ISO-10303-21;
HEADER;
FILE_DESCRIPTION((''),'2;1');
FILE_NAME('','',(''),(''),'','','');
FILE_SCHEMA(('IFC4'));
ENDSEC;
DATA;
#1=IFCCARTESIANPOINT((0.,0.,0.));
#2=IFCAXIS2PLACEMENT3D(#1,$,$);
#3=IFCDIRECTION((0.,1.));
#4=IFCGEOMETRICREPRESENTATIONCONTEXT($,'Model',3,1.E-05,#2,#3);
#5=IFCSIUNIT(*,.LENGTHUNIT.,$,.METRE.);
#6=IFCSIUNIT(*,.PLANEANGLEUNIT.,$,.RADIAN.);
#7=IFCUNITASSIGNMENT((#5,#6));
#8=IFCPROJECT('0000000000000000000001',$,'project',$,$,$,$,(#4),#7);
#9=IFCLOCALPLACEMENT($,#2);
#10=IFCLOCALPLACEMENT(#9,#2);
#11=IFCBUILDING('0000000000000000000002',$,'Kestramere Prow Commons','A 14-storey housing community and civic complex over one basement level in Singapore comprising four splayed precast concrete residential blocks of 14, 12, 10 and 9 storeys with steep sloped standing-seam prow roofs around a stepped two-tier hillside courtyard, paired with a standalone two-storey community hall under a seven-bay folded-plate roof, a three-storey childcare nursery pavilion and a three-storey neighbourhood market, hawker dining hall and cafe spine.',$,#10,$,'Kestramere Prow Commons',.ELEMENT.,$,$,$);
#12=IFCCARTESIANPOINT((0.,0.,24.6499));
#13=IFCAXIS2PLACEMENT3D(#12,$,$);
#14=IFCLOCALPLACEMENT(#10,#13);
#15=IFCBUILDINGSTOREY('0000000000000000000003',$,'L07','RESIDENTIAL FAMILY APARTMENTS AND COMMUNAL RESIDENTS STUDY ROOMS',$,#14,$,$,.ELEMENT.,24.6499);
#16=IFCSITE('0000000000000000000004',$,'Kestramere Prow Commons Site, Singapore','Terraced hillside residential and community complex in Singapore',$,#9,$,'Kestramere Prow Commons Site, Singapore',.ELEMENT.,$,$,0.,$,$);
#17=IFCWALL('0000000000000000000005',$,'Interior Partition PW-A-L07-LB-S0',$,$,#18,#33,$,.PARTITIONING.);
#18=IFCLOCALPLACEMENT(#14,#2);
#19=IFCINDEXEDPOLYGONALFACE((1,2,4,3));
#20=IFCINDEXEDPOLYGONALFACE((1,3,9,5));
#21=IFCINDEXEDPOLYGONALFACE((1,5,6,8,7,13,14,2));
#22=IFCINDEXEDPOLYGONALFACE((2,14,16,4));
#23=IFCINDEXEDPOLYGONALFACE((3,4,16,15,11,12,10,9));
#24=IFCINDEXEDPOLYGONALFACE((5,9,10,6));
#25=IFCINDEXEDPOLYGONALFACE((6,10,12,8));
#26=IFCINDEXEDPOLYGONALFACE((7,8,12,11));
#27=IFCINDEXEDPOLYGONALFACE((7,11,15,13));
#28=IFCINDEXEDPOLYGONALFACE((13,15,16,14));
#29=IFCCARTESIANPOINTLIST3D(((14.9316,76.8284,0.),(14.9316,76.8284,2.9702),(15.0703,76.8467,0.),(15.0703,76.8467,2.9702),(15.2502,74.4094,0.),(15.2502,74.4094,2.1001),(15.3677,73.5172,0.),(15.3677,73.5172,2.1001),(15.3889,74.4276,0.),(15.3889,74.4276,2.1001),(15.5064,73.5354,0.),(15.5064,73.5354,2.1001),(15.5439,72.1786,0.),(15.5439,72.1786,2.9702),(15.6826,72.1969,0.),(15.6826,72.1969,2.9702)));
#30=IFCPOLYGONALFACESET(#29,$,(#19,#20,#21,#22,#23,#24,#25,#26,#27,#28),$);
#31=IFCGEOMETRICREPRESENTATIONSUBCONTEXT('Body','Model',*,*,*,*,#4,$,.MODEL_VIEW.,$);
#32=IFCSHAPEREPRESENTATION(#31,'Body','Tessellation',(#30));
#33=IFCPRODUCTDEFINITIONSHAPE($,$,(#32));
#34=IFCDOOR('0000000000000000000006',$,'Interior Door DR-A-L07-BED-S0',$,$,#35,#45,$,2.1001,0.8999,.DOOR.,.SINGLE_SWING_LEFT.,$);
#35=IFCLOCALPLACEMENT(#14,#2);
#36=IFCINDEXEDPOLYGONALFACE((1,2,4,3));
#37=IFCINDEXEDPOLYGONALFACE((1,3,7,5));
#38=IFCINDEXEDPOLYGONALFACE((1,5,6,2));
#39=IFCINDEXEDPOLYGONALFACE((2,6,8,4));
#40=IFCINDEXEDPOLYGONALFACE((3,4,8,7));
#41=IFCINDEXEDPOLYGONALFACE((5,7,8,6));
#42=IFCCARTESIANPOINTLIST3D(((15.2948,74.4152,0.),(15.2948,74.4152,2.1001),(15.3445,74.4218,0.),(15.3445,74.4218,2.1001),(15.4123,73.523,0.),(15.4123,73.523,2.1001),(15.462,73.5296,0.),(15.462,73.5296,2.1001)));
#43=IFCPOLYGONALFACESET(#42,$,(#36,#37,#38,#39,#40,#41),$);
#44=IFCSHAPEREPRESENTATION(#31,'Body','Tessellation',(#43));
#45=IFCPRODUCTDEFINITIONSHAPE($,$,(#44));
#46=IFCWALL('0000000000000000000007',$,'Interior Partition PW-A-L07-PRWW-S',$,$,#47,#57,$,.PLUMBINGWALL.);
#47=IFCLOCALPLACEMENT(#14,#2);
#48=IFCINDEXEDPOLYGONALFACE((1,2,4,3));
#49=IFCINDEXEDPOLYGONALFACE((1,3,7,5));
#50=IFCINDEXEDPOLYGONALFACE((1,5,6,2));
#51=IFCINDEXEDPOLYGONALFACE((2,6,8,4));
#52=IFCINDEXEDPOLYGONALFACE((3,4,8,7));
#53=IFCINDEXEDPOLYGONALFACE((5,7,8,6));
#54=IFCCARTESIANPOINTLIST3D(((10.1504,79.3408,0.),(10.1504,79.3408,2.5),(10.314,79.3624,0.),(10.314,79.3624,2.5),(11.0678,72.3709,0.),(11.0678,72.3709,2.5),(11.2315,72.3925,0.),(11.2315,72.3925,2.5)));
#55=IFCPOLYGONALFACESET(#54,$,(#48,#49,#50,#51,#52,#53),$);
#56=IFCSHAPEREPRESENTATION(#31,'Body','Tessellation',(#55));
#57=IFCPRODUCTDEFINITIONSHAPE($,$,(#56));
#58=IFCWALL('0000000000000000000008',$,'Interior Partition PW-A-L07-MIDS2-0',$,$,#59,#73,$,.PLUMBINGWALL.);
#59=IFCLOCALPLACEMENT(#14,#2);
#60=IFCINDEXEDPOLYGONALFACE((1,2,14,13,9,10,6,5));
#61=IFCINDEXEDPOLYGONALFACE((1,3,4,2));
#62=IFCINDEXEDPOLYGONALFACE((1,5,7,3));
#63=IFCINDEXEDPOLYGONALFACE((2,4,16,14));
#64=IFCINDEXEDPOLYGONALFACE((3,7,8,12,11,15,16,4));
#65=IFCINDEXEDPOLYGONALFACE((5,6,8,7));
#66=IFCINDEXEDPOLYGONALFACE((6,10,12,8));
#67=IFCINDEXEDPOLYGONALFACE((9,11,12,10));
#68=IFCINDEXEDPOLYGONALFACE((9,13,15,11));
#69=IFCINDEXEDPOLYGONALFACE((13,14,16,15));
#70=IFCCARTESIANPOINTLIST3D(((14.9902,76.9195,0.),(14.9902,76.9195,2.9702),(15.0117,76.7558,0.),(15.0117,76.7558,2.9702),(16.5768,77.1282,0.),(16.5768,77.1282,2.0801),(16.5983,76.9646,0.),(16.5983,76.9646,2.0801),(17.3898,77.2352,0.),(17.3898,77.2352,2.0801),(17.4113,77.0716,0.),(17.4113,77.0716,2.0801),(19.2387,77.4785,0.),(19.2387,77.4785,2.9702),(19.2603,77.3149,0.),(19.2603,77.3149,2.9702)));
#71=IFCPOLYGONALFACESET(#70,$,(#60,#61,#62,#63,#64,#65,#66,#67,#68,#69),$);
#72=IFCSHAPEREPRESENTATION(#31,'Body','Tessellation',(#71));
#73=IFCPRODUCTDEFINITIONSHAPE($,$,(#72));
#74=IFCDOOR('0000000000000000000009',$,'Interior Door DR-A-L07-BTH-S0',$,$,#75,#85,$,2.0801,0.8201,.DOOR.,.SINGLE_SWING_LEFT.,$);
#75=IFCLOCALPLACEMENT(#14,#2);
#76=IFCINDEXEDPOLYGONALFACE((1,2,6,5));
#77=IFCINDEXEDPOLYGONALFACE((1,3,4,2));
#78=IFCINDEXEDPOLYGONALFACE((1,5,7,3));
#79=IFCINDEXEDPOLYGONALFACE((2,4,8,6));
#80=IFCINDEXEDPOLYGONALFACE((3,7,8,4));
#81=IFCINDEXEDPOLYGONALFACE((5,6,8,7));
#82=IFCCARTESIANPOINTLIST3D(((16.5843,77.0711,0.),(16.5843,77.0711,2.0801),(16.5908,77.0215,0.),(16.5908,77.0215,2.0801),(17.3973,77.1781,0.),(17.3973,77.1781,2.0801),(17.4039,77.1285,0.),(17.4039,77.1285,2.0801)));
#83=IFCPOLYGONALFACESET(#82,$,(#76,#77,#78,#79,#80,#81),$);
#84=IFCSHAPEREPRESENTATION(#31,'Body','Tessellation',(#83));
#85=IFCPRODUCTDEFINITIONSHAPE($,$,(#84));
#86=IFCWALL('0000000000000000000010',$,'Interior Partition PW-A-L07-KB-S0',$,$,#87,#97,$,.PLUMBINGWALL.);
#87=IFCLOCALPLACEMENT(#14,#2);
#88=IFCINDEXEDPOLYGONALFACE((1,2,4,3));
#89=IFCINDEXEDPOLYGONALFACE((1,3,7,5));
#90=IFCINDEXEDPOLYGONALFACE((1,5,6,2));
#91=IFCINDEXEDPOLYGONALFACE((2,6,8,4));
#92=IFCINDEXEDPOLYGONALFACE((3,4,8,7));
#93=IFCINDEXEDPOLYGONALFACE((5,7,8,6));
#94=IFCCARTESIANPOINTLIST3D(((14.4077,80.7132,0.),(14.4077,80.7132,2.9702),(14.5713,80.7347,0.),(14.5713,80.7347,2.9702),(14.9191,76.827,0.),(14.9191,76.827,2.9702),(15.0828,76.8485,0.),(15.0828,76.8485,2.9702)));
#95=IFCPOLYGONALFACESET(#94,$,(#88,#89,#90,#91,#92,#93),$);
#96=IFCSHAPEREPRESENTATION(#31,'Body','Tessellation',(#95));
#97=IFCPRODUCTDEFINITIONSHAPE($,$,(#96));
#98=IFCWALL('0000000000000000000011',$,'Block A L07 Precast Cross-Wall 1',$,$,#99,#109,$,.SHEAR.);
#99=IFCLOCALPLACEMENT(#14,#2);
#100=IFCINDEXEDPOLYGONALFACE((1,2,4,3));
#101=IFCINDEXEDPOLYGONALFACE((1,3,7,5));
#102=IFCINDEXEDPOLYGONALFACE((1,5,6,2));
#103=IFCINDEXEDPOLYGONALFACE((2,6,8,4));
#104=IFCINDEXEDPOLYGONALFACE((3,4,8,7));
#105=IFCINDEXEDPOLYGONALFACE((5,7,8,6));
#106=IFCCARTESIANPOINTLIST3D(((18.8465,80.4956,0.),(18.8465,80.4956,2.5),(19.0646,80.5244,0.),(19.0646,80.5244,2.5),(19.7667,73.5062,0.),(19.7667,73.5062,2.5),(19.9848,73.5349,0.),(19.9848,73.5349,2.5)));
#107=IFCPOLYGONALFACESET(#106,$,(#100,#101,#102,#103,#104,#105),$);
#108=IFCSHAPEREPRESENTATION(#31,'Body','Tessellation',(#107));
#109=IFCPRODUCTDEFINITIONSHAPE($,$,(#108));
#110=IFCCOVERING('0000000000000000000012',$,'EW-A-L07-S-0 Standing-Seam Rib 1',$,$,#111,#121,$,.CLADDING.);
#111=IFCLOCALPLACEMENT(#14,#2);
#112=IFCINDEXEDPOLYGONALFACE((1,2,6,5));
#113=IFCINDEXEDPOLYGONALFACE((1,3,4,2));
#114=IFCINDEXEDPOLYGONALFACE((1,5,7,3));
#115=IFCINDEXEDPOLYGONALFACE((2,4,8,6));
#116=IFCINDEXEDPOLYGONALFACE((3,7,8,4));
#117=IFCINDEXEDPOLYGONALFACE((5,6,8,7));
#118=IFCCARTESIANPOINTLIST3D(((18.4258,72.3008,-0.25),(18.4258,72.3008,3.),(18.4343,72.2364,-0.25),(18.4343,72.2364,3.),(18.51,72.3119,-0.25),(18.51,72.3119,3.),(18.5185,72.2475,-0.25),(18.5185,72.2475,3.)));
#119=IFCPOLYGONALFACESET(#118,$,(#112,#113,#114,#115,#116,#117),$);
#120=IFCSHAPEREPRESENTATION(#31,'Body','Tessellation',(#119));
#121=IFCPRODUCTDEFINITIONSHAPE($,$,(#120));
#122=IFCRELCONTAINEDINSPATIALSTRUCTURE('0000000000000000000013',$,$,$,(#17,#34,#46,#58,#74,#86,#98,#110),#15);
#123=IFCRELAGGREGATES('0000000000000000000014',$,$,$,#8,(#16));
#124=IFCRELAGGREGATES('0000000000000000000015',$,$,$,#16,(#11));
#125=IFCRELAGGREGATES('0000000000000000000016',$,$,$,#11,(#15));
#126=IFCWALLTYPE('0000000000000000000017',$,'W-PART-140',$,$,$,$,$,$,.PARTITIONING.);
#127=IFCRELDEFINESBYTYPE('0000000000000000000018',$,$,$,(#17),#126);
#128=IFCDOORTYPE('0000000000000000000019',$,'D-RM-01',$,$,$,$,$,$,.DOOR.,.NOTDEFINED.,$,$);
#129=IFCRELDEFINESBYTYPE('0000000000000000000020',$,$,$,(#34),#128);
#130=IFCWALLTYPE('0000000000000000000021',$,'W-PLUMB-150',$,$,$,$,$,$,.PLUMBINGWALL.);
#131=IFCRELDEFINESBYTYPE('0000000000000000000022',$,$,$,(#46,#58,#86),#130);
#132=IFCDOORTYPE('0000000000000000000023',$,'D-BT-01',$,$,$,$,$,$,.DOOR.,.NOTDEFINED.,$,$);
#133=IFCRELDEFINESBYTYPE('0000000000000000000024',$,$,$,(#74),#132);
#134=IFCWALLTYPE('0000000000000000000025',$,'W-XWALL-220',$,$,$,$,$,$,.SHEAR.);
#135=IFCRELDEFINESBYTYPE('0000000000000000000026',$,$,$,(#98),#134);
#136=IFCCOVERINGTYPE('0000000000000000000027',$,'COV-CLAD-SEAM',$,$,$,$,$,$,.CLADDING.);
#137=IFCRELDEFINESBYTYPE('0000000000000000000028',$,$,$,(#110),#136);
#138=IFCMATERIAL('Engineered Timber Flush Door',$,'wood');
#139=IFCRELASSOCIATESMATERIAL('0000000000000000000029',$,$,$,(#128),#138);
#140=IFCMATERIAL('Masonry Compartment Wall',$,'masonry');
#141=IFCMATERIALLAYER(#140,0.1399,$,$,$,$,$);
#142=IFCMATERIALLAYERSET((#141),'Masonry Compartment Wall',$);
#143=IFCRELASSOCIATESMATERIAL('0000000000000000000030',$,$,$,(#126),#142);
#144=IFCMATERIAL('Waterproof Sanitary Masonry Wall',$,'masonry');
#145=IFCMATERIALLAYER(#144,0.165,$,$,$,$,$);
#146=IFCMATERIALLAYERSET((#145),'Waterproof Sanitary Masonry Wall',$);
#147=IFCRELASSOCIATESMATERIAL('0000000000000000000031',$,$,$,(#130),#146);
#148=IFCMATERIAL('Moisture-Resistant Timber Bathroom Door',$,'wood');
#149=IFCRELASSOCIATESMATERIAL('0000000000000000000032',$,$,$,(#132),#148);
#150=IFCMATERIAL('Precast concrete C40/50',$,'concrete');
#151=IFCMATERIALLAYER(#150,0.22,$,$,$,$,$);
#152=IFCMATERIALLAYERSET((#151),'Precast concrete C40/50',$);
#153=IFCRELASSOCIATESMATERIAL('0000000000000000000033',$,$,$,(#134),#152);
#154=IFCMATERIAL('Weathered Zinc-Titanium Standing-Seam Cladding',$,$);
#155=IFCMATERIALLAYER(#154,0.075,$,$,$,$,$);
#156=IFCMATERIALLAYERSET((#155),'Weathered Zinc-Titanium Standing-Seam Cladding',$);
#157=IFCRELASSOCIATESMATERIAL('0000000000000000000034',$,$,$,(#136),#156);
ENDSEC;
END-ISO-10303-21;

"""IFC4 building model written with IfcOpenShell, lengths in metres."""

from ifc_helpers import new_model, si_unit, direction, frame, frame_2d, origin, origin_2d, place, context, subcontext, project, spatial, rectangle, extrude, material, layer, layer_set, type_object, element, fill, save


model = new_model("IFC4")

# Units and contexts
model_context = context("Model", 3, precision=1e-05, world=origin(), true_north=direction((0.0, 1.0)))
body_context = subcontext(model_context, "Body", "Model", "MODEL_VIEW")
ifc_project = project(units=[si_unit("LENGTHUNIT", "METRE"), si_unit("PLANEANGLEUNIT", "RADIAN")], contexts=[model_context])

# Site, building, storey
site_placement = place(None, origin())
site = spatial("IfcSite", under=ifc_project, at=site_placement, Name="Kestramere Prow Commons Site, Singapore", Description="Terraced hillside residential and community complex in Singapore", LongName="Kestramere Prow Commons Site, Singapore", CompositionType="ELEMENT", RefElevation=0.0)
building_placement = place(site_placement, origin())
building = spatial("IfcBuilding", under=site, at=building_placement, Name="Kestramere Prow Commons", Description="A 14-storey housing community and civic complex over one basement level in Singapore comprising four splayed precast concrete residential blocks of 14, 12, 10 and 9 storeys with steep sloped standing-seam prow roofs around a stepped two-tier hillside courtyard, paired with a standalone two-storey community hall under a seven-bay folded-plate roof, a three-storey childcare nursery pavilion and a three-storey neighbourhood market, hawker dining hall and cafe spine.", LongName="Kestramere Prow Commons", CompositionType="ELEMENT")
storey_placement = place(building_placement, frame((0.0, 0.0, 24.6499)))
storey = spatial("IfcBuildingStorey", under=building, at=storey_placement, Name="L07", Description="RESIDENTIAL FAMILY APARTMENTS AND COMMUNAL RESIDENTS STUDY ROOMS", CompositionType="ELEMENT", Elevation=24.6499)

# Shared definitions
ifc_material_1 = material(Name="Precast concrete C40/50", Category="concrete")

# Wall, opening, door
ifc_material_2 = material(Name="Engineered Timber Flush Door", Category="wood")
door_type_1 = type_object("IfcDoorType", Name="D-RM-01", OperationType="NOTDEFINED", PredefinedType="DOOR", material=ifc_material_2)
ifc_material_3 = material(Name="Masonry Compartment Wall", Category="masonry")
ifc_layer_1 = layer(ifc_material_3, 0.1399)
ifc_layer_set_1 = layer_set([ifc_layer_1], Name="Masonry Compartment Wall")
wall_type_1 = type_object("IfcWallType", Name="W-PART-140", PredefinedType="PARTITIONING", material=ifc_layer_set_1)
wall_1_placement = place(storey_placement, frame((15.6133, 72.1877, 0.0), z_axis=(0.0, 0.0, 1.0), x_axis=(-0.130554, 0.991441, 0.0)))
wall_1 = element("IfcWall", 1, at=wall_1_placement, inside=storey, type_object=wall_type_1, Name="Interior Partition PW-A-L07-LB-S0", PredefinedType="PARTITIONING", context=body_context, shape_type="SweptSolid", body=[
    extrude(rectangle(XDim=4.6899, YDim=0.1399, at=frame_2d((2.345, 0.0))), origin(), (0.0, 0.0, 1.0), 2.9702),
])
opening_1_placement = place(wall_1_placement, frame((1.3501, 0.0, 0.0)))
opening_1 = element("IfcOpeningElement", 2, at=opening_1_placement, cuts=wall_1, PredefinedType="OPENING", context=body_context, shape_type="SweptSolid", body=[
    extrude(rectangle(XDim=0.8999, YDim=2.1001, at=frame_2d((0.45, 1.05))), frame((0.0, 0.085, 0.0), z_axis=(0.0, -1.0, 0.0), x_axis=(1.0, 0.0, 0.0)), (0.0, 0.0, 1.0), 0.1699),
])
door_1_placement = place(opening_1_placement, origin())
door_1 = element("IfcDoor", 3, at=door_1_placement, inside=storey, type_object=door_type_1, Name="Interior Door DR-A-L07-BED-S0", OperationType="SINGLE_SWING_LEFT", OverallHeight=2.1001, OverallWidth=0.8999, PredefinedType="DOOR", context=body_context, shape_type="SweptSolid", body=[
    extrude(rectangle(XDim=0.8999, YDim=2.1001, at=frame_2d((0.45, 1.05))), frame((0.0, 0.0249, 0.0), z_axis=(0.0, -1.0, 0.0), x_axis=(1.0, 0.0, 0.0)), (0.0, 0.0, 1.0), 0.05),
])
fill(opening_1, door_1)

# Wall
ifc_material_4 = material(Name="Waterproof Sanitary Masonry Wall", Category="masonry")
ifc_layer_2 = layer(ifc_material_4, 0.165)
ifc_layer_set_2 = layer_set([ifc_layer_2], Name="Waterproof Sanitary Masonry Wall")
wall_type_2 = type_object("IfcWallType", Name="W-PLUMB-150", PredefinedType="PLUMBINGWALL", material=ifc_layer_set_2)
wall_2_placement = place(storey_placement, frame((11.1497, 72.3816, 0.0), z_axis=(0.0, 0.0, 1.0), x_axis=(-0.130508, 0.991447, 0.0)))
element("IfcWall", 4, at=wall_2_placement, inside=storey, type_object=wall_type_2, Name="Interior Partition PW-A-L07-PRWW-S", PredefinedType="PLUMBINGWALL", context=body_context, shape_type="SweptSolid", body=[
    extrude(rectangle(XDim=7.03, YDim=0.165, at=frame_2d((3.5151, 0.0))), origin(), (0.0, 0.0, 1.0), 2.5),
])

# Wall, opening, door
wall_3_placement = place(storey_placement, frame((15.001, 76.8376, 0.0), z_axis=(0.0, 0.0, 1.0), x_axis=(0.991452, 0.130469, 0.0)))
wall_3 = element("IfcWall", 5, at=wall_3_placement, inside=storey, type_object=wall_type_2, Name="Interior Partition PW-A-L07-MIDS2-0", PredefinedType="PLUMBINGWALL", context=body_context, shape_type="SweptSolid", body=[
    extrude(rectangle(XDim=4.2852, YDim=0.165, at=frame_2d((2.1426, 0.0))), origin(), (0.0, 0.0, 1.0), 2.9702),
])
opening_2_placement = place(wall_3_placement, frame((1.6001, 0.0, 0.0)))
opening_2 = element("IfcOpeningElement", 6, at=opening_2_placement, cuts=wall_3, PredefinedType="OPENING", context=body_context, shape_type="SweptSolid", body=[
    extrude(rectangle(XDim=0.8201, YDim=2.0801, at=frame_2d((0.4102, 1.04))), frame((0.0, 0.0974, 0.0), z_axis=(0.0, -1.0, 0.0), x_axis=(1.0, 0.0, 0.0)), (0.0, 0.0, 1.0), 0.1951),
])
ifc_material_5 = material(Name="Moisture-Resistant Timber Bathroom Door", Category="wood")
door_type_2 = type_object("IfcDoorType", Name="D-BT-01", OperationType="NOTDEFINED", PredefinedType="DOOR", material=ifc_material_5)
door_2_placement = place(opening_2_placement, origin())
door_2 = element("IfcDoor", 7, at=door_2_placement, inside=storey, type_object=door_type_2, Name="Interior Door DR-A-L07-BTH-S0", OperationType="SINGLE_SWING_LEFT", OverallHeight=2.0801, OverallWidth=0.8201, PredefinedType="DOOR", context=body_context, shape_type="SweptSolid", body=[
    extrude(rectangle(XDim=0.8201, YDim=2.0801, at=frame_2d((0.4102, 1.04))), frame((0.0, 0.0249, 0.0), z_axis=(0.0, -1.0, 0.0), x_axis=(1.0, 0.0, 0.0)), (0.0, 0.0, 1.0), 0.05),
])
fill(opening_2, door_2)

# Walls
wall_4_placement = place(storey_placement, frame((15.001, 76.8376, 0.0), z_axis=(0.0, 0.0, 1.0), x_axis=(-0.130487, 0.99145, 0.0)))
element("IfcWall", 8, at=wall_4_placement, inside=storey, type_object=wall_type_2, Name="Interior Partition PW-A-L07-KB-S0", PredefinedType="PLUMBINGWALL", context=body_context, shape_type="SweptSolid", body=[
    extrude(rectangle(XDim=3.9197, YDim=0.165, at=frame_2d((1.96, 0.0))), origin(), (0.0, 0.0, 1.0), 2.9702),
])
ifc_layer_3 = layer(ifc_material_1, 0.22)
ifc_layer_set_3 = layer_set([ifc_layer_3], Name="Precast concrete C40/50")
wall_type_3 = type_object("IfcWallType", Name="W-XWALL-220", PredefinedType="SHEAR", material=ifc_layer_set_3)
wall_5_placement = place(storey_placement, frame((19.8757, 73.5205, 0.0), z_axis=(0.0, 0.0, 1.0), x_axis=(-0.130523, 0.991445, 0.0)))
element("IfcWall", 9, at=wall_5_placement, inside=storey, type_object=wall_type_3, Name="Block A L07 Precast Cross-Wall 1", PredefinedType="SHEAR", context=body_context, shape_type="SweptSolid", body=[
    extrude(rectangle(XDim=7.0498, YDim=0.22, at=frame_2d((3.5249, 0.0))), origin(), (0.0, 0.0, 1.0), 2.5),
])

# Covering
ifc_material_6 = material(Name="Weathered Zinc-Titanium Standing-Seam Cladding")
ifc_layer_4 = layer(ifc_material_6, 0.075)
ifc_layer_set_4 = layer_set([ifc_layer_4], Name="Weathered Zinc-Titanium Standing-Seam Cladding")
covering_type = type_object("IfcCoveringType", Name="COV-CLAD-SEAM", PredefinedType="CLADDING", material=ifc_layer_set_4)
covering_placement = place(storey_placement, frame((18.4722, 72.2742, -0.25), z_axis=(0.0, 0.0, 1.0), x_axis=(-0.991445, -0.130526, 0.0)))
element("IfcCovering", 10, at=covering_placement, inside=storey, type_object=covering_type, Name="EW-A-L07-S-0 Standing-Seam Rib 1", PredefinedType="CLADDING", context=body_context, shape_type="SweptSolid", body=[
    extrude(rectangle(XDim=0.085, YDim=0.0649, at=origin_2d()), origin(), (0.0, 0.0, 1.0), 3.25),
])

save(model, "model.ifc")
